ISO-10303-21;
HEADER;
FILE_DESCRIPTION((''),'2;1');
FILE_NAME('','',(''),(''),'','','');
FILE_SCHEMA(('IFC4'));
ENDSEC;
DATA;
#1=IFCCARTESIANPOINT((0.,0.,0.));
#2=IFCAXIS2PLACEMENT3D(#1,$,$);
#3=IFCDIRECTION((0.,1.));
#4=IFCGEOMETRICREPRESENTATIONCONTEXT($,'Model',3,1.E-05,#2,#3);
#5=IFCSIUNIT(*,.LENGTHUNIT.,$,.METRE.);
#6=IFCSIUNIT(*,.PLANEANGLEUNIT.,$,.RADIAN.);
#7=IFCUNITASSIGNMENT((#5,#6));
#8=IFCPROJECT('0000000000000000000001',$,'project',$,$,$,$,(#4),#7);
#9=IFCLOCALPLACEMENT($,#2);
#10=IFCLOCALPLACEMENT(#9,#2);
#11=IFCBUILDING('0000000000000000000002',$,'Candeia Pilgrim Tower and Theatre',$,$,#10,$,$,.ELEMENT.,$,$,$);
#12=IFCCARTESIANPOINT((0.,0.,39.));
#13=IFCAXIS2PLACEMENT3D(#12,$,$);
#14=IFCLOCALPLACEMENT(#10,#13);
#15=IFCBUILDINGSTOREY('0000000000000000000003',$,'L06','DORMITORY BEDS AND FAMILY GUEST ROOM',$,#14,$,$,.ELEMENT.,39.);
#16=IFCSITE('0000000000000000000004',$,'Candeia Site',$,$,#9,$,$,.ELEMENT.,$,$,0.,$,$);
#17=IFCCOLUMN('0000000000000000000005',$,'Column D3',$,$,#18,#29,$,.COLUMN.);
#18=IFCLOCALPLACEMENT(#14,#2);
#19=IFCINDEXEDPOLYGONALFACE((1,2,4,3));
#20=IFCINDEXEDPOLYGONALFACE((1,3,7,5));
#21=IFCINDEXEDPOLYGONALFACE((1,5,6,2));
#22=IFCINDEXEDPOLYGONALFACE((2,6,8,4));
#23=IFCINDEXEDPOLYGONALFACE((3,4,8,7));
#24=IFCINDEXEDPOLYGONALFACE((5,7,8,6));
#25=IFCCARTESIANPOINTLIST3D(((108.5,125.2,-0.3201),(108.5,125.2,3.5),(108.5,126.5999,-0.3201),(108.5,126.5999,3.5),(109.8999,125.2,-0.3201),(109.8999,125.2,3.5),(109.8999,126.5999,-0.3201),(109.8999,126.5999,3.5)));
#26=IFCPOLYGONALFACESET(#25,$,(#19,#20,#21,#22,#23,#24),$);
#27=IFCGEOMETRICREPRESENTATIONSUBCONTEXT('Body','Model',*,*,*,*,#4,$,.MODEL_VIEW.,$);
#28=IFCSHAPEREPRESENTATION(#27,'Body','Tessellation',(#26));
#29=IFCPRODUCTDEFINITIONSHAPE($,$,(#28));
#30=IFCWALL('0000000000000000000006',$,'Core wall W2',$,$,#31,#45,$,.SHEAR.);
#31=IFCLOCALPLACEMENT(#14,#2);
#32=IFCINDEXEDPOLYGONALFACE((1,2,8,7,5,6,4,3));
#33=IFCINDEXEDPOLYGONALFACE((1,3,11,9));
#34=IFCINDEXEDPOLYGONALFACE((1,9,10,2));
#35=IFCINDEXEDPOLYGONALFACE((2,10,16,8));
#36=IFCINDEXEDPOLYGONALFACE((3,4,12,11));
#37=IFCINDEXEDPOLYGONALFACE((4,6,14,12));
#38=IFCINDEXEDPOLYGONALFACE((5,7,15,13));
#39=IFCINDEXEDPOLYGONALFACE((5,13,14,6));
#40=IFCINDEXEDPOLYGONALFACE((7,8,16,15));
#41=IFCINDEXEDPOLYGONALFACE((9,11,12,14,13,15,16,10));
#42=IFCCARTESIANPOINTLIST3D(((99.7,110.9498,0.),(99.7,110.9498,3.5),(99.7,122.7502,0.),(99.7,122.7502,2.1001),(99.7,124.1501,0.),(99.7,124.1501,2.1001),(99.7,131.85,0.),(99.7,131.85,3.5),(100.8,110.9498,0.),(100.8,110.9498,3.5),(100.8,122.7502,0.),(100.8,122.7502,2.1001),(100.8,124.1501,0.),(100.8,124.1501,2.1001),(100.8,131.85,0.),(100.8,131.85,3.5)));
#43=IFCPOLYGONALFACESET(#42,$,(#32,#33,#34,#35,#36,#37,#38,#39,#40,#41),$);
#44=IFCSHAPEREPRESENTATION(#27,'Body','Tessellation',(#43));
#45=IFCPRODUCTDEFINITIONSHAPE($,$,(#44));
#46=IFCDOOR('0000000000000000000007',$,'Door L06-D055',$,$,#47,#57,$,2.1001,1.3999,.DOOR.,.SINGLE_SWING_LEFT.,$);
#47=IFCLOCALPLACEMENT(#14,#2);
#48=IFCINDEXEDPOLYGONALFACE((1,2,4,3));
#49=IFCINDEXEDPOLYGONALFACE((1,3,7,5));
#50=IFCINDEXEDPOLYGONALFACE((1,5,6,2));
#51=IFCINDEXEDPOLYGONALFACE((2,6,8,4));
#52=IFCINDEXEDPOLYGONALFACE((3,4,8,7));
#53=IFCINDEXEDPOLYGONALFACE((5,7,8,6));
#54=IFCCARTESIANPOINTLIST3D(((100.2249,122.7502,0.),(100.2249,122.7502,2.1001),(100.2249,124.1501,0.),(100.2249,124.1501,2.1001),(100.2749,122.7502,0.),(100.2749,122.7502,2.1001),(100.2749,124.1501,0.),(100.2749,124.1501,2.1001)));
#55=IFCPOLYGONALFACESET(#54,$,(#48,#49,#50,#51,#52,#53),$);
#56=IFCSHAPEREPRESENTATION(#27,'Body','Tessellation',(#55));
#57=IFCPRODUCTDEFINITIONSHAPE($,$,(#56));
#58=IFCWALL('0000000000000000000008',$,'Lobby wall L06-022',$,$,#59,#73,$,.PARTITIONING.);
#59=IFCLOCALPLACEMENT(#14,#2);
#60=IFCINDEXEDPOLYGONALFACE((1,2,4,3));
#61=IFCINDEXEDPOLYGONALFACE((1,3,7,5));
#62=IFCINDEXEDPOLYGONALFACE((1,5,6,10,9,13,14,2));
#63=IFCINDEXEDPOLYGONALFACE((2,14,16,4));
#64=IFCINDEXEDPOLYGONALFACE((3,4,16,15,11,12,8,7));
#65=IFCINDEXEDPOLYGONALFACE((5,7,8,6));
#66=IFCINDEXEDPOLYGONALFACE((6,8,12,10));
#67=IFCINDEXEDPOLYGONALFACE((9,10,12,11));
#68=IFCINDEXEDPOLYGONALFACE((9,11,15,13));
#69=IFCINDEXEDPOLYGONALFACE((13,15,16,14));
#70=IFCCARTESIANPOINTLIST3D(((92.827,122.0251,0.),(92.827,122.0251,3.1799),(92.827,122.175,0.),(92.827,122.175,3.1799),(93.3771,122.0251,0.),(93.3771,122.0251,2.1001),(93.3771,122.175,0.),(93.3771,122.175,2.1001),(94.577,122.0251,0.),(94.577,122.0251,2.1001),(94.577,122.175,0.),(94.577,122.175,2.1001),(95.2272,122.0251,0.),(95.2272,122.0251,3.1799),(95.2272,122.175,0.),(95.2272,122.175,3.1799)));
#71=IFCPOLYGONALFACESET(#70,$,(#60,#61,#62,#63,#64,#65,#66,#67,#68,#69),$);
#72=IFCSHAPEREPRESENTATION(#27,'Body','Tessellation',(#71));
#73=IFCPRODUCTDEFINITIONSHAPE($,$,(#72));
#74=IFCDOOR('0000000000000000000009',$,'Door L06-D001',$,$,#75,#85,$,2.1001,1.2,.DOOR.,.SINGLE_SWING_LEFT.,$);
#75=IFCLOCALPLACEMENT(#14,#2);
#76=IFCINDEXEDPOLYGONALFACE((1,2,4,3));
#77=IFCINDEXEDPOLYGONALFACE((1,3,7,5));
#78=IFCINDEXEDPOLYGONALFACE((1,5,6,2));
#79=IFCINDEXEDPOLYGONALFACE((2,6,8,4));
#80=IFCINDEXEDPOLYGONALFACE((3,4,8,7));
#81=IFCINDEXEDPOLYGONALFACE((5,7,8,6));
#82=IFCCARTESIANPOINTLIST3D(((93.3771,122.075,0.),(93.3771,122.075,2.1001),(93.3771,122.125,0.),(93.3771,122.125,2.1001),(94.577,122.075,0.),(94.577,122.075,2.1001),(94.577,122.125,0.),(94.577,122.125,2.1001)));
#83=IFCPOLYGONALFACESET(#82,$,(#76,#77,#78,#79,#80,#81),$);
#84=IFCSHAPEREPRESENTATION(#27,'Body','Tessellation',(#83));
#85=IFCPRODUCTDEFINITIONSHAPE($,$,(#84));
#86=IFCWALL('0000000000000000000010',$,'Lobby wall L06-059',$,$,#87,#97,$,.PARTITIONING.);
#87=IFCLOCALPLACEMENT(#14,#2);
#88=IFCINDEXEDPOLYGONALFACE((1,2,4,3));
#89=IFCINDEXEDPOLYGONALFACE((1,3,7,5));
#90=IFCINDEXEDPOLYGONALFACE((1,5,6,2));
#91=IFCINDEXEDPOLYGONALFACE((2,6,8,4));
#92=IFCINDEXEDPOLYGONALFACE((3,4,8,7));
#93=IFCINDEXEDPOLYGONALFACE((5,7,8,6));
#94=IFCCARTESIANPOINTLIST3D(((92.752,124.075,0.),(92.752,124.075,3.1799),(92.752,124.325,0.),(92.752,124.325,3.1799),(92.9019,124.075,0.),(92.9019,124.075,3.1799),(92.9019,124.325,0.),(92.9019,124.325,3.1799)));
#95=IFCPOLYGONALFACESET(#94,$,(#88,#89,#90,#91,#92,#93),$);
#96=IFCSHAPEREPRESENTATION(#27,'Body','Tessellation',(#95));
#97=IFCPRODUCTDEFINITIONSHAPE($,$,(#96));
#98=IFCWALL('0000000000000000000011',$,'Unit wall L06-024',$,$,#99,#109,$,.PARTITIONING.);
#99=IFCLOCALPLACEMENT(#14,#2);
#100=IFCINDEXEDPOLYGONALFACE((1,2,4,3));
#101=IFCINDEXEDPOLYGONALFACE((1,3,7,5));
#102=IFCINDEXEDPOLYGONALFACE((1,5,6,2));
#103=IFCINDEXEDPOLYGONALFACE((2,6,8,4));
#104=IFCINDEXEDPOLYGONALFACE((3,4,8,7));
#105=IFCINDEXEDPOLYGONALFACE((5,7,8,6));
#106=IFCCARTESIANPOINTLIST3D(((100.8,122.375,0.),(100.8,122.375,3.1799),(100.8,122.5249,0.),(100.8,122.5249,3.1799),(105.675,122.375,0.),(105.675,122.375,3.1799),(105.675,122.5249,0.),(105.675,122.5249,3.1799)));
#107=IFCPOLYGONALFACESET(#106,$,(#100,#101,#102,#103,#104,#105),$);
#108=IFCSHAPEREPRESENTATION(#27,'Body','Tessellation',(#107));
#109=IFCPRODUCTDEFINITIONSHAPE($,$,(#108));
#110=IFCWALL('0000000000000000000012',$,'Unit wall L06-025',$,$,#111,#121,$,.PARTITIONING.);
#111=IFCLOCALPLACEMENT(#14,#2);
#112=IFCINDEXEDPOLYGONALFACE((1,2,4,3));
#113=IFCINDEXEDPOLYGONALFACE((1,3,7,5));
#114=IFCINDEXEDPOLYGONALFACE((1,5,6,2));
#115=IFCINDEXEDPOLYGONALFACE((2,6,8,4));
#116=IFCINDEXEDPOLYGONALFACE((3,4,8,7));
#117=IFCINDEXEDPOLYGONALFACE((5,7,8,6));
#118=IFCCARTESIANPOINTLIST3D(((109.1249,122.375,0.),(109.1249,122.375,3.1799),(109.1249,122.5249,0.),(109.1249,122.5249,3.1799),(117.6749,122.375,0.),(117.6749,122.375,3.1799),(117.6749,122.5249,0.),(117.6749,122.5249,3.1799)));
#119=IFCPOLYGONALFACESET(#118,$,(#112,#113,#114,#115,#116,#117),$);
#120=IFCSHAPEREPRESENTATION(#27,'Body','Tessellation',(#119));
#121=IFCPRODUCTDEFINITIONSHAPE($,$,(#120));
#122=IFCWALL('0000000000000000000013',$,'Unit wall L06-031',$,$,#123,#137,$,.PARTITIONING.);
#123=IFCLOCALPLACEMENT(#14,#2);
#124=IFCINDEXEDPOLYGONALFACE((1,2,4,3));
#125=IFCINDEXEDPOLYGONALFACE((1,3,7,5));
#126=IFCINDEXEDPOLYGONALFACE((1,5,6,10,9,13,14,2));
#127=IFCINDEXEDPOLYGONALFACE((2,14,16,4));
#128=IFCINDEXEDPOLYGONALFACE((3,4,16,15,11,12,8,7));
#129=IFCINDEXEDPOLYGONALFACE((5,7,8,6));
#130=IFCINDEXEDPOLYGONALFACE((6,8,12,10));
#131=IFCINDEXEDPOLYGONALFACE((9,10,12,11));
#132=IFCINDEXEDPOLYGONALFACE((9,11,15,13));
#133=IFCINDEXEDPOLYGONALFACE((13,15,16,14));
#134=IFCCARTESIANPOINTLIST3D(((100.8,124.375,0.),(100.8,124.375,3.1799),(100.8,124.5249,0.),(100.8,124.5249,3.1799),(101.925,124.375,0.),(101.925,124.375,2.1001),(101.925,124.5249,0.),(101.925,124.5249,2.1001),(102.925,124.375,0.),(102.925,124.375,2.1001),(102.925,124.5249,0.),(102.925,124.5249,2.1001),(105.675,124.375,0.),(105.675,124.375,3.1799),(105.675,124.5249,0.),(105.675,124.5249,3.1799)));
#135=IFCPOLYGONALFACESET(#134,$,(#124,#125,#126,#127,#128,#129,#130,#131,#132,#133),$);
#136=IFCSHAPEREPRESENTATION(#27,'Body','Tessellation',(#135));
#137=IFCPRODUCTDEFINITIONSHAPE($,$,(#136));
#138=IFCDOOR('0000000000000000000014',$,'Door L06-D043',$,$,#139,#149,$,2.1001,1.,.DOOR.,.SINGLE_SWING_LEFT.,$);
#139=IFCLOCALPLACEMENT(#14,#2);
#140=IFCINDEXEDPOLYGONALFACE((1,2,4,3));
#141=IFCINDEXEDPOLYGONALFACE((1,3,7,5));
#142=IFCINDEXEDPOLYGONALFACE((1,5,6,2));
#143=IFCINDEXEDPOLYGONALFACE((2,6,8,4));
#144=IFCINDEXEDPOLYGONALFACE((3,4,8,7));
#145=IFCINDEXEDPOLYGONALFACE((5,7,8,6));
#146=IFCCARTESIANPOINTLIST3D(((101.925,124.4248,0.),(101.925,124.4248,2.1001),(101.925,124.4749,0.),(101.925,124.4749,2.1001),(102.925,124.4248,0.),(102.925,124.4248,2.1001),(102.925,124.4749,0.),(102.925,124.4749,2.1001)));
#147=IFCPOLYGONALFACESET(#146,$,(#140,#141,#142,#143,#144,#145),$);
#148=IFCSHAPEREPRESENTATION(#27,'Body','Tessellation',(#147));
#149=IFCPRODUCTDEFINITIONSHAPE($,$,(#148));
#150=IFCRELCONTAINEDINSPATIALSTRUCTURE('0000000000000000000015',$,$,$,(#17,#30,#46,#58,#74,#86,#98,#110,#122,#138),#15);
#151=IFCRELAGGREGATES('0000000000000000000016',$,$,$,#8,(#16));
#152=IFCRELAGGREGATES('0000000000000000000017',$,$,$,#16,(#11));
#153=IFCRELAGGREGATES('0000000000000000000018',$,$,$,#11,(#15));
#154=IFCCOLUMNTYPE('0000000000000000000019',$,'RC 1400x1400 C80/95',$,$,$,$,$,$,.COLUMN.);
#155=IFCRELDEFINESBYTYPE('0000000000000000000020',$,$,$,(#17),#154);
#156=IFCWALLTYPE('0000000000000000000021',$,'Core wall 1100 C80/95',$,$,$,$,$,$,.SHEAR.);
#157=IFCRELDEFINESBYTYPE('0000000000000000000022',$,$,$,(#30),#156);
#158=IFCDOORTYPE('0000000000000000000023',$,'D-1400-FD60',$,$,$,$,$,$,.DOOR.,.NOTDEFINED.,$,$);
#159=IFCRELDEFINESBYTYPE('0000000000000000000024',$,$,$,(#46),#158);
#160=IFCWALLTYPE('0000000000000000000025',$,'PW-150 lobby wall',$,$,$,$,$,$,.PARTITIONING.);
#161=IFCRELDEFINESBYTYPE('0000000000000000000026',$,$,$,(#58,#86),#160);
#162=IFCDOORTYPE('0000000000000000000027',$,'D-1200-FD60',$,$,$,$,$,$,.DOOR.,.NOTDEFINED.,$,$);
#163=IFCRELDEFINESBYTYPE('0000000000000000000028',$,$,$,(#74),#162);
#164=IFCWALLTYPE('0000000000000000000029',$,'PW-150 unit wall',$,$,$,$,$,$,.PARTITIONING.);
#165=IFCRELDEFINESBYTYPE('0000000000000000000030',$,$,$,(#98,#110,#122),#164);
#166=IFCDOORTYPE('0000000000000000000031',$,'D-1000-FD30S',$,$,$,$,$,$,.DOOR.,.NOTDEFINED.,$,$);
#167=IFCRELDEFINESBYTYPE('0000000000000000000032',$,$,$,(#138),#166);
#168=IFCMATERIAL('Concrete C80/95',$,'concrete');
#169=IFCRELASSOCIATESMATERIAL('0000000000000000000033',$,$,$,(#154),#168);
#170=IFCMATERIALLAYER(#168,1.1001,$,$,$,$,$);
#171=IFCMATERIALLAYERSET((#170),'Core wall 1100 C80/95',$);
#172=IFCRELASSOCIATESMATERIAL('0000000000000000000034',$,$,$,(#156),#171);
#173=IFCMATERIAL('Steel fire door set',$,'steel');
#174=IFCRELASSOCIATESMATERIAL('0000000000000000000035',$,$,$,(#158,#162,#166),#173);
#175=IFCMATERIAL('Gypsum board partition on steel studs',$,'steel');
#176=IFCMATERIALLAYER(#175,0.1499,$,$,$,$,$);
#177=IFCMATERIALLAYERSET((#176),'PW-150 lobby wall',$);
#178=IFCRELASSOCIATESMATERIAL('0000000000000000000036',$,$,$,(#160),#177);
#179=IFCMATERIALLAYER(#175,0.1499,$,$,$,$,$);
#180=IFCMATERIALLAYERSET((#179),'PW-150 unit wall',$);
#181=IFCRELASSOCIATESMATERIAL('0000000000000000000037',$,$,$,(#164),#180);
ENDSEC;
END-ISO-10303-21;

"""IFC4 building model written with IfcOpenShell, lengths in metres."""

from ifc_helpers import new_model, si_unit, direction, frame, frame_2d, origin, origin_2d, place, context, subcontext, project, spatial, rectangle, extrude, material, layer, layer_set, material_profile, profile_set, type_object, element, fill, save


model = new_model("IFC4")

# Units and contexts
model_context = context("Model", 3, precision=1e-05, world=origin(), true_north=direction((0.0, 1.0)))
body_context = subcontext(model_context, "Body", "Model", "MODEL_VIEW")
ifc_project = project(units=[si_unit("LENGTHUNIT", "METRE"), si_unit("PLANEANGLEUNIT", "RADIAN")], contexts=[model_context])

# Site, building, storey
site_placement = place(None, origin())
site = spatial("IfcSite", under=ifc_project, at=site_placement, Name="Candeia Site", CompositionType="ELEMENT", RefElevation=0.0)
building_placement = place(site_placement, origin())
building = spatial("IfcBuilding", under=site, at=building_placement, Name="Candeia Pilgrim Tower and Theatre", CompositionType="ELEMENT")
storey_placement = place(building_placement, frame((0.0, 0.0, 39.0)))
storey = spatial("IfcBuildingStorey", under=building, at=storey_placement, Name="L06", Description="DORMITORY BEDS AND FAMILY GUEST ROOM", CompositionType="ELEMENT", Elevation=39.0)

# Column
ifc_material_1 = material(Name="Concrete C80/95", Category="concrete")
ifc_material_profile = material_profile(ifc_material_1, rectangle(XDim=1.3999, YDim=1.3999, at=origin_2d()))
ifc_profile_set = profile_set([ifc_material_profile], Name="Concrete C80/95")
column_type = type_object("IfcColumnType", Name="RC 1400x1400 C80/95", PredefinedType="COLUMN", material=ifc_profile_set)
column_placement = place(storey_placement, frame((109.2, 125.8999, -0.3201), z_axis=(0.0, 0.0, 1.0), x_axis=(1.0, 0.0, 0.0)))
element("IfcColumn", 1, at=column_placement, inside=storey, type_object=column_type, Name="Column D3", PredefinedType="COLUMN", context=body_context, shape_type="SweptSolid", body=[
    extrude(rectangle(XDim=1.3999, YDim=1.3999, at=origin_2d()), origin(), (0.0, 0.0, 1.0), 3.8201),
])

# Walls, openings, doors
ifc_layer_1 = layer(ifc_material_1, 1.1001)
ifc_layer_set_1 = layer_set([ifc_layer_1], Name="Core wall 1100 C80/95")
wall_type_1 = type_object("IfcWallType", Name="Core wall 1100 C80/95", PredefinedType="SHEAR", material=ifc_layer_set_1)
wall_1_placement = place(storey_placement, frame((100.25, 131.8501, 0.0), z_axis=(0.0, 0.0, 1.0), x_axis=(0.0, -1.0, 0.0)))
wall_1 = element("IfcWall", 2, at=wall_1_placement, inside=storey, type_object=wall_type_1, Name="Core wall W2", PredefinedType="SHEAR", context=body_context, shape_type="SweptSolid", body=[
    extrude(rectangle(XDim=20.9001, YDim=1.1001, at=frame_2d((10.4502, 0.0))), origin(), (0.0, 0.0, 1.0), 3.5),
])
opening_1_placement = place(wall_1_placement, frame((7.7, 0.0, 0.0)))
opening_1 = element("IfcOpeningElement", 3, at=opening_1_placement, cuts=wall_1, PredefinedType="OPENING", context=body_context, shape_type="SweptSolid", body=[
    extrude(rectangle(XDim=1.3999, YDim=2.1001, at=frame_2d((0.7, 1.05))), frame((0.0, 0.5601, 0.0), z_axis=(0.0, -1.0, 0.0), x_axis=(1.0, 0.0, 0.0)), (0.0, 0.0, 1.0), 1.1201),
])
ifc_material_2 = material(Name="Steel fire door set", Category="steel")
door_type_1 = type_object("IfcDoorType", Name="D-1400-FD60", OperationType="NOTDEFINED", PredefinedType="DOOR", material=ifc_material_2)
door_1_placement = place(opening_1_placement, origin())
door_1 = element("IfcDoor", 4, at=door_1_placement, inside=storey, type_object=door_type_1, Name="Door L06-D055", OperationType="SINGLE_SWING_LEFT", OverallHeight=2.1001, OverallWidth=1.3999, PredefinedType="DOOR", context=body_context, shape_type="SweptSolid", body=[
    extrude(rectangle(XDim=1.3999, YDim=2.1001, at=frame_2d((0.7, 1.05))), frame((0.0, 0.0249, 0.0), z_axis=(0.0, -1.0, 0.0), x_axis=(1.0, 0.0, 0.0)), (0.0, 0.0, 1.0), 0.05),
])
fill(opening_1, door_1)
ifc_material_3 = material(Name="Gypsum board partition on steel studs", Category="steel")
ifc_layer_2 = layer(ifc_material_3, 0.1499)
ifc_layer_set_2 = layer_set([ifc_layer_2], Name="PW-150 lobby wall")
wall_type_2 = type_object("IfcWallType", Name="PW-150 lobby wall", PredefinedType="PARTITIONING", material=ifc_layer_set_2)
wall_2_placement = place(storey_placement, frame((92.8269, 122.1001, 0.0), z_axis=(0.0, 0.0, 1.0), x_axis=(1.0, 0.0, 0.0)))
wall_2 = element("IfcWall", 5, at=wall_2_placement, inside=storey, type_object=wall_type_2, Name="Lobby wall L06-022", PredefinedType="PARTITIONING", context=body_context, shape_type="SweptSolid", body=[
    extrude(rectangle(XDim=2.4001, YDim=0.1499, at=frame_2d((1.2002, 0.0))), origin(), (0.0, 0.0, 1.0), 3.1799),
])
opening_2_placement = place(wall_2_placement, frame((0.55, 0.0, 0.0)))
opening_2 = element("IfcOpeningElement", 6, at=opening_2_placement, cuts=wall_2, PredefinedType="OPENING", context=body_context, shape_type="SweptSolid", body=[
    extrude(rectangle(XDim=1.2, YDim=2.1001, at=frame_2d((0.6001, 1.05))), frame((0.0, 0.085, 0.0), z_axis=(0.0, -1.0, 0.0), x_axis=(1.0, 0.0, 0.0)), (0.0, 0.0, 1.0), 0.1699),
])
door_type_2 = type_object("IfcDoorType", Name="D-1200-FD60", OperationType="NOTDEFINED", PredefinedType="DOOR", material=ifc_material_2)
door_2_placement = place(opening_2_placement, origin())
door_2 = element("IfcDoor", 7, at=door_2_placement, inside=storey, type_object=door_type_2, Name="Door L06-D001", OperationType="SINGLE_SWING_LEFT", OverallHeight=2.1001, OverallWidth=1.2, PredefinedType="DOOR", context=body_context, shape_type="SweptSolid", body=[
    extrude(rectangle(XDim=1.2, YDim=2.1001, at=frame_2d((0.6001, 1.05))), frame((0.0, 0.0249, 0.0), z_axis=(0.0, -1.0, 0.0), x_axis=(1.0, 0.0, 0.0)), (0.0, 0.0, 1.0), 0.05),
])
fill(opening_2, door_2)

# Walls
wall_3_placement = place(storey_placement, frame((92.8269, 124.075, 0.0), z_axis=(0.0, 0.0, 1.0), x_axis=(0.0, 1.0, 0.0)))
element("IfcWall", 8, at=wall_3_placement, inside=storey, type_object=wall_type_2, Name="Lobby wall L06-059", PredefinedType="PARTITIONING", context=body_context, shape_type="SweptSolid", body=[
    extrude(rectangle(XDim=0.25, YDim=0.1499, at=frame_2d((0.125, 0.0))), origin(), (0.0, 0.0, 1.0), 3.1799),
])
ifc_layer_3 = layer(ifc_material_3, 0.1499)
ifc_layer_set_3 = layer_set([ifc_layer_3], Name="PW-150 unit wall")
wall_type_3 = type_object("IfcWallType", Name="PW-150 unit wall", PredefinedType="PARTITIONING", material=ifc_layer_set_3)
wall_4_placement = place(storey_placement, frame((100.8, 122.45, 0.0), z_axis=(0.0, 0.0, 1.0), x_axis=(1.0, 0.0, 0.0)))
element("IfcWall", 9, at=wall_4_placement, inside=storey, type_object=wall_type_3, Name="Unit wall L06-024", PredefinedType="PARTITIONING", context=body_context, shape_type="SweptSolid", body=[
    extrude(rectangle(XDim=4.875, YDim=0.1499, at=frame_2d((2.4375, 0.0))), origin(), (0.0, 0.0, 1.0), 3.1799),
])
wall_5_placement = place(storey_placement, frame((109.125, 122.45, 0.0), z_axis=(0.0, 0.0, 1.0), x_axis=(1.0, 0.0, 0.0)))
element("IfcWall", 10, at=wall_5_placement, inside=storey, type_object=wall_type_3, Name="Unit wall L06-025", PredefinedType="PARTITIONING", context=body_context, shape_type="SweptSolid", body=[
    extrude(rectangle(XDim=8.55, YDim=0.1499, at=frame_2d((4.2749, 0.0))), origin(), (0.0, 0.0, 1.0), 3.1799),
])

# Wall, opening, door
wall_6_placement = place(storey_placement, frame((100.8, 124.45, 0.0), z_axis=(0.0, 0.0, 1.0), x_axis=(1.0, 0.0, 0.0)))
wall_6 = element("IfcWall", 11, at=wall_6_placement, inside=storey, type_object=wall_type_3, Name="Unit wall L06-031", PredefinedType="PARTITIONING", context=body_context, shape_type="SweptSolid", body=[
    extrude(rectangle(XDim=4.875, YDim=0.1499, at=frame_2d((2.4375, 0.0))), origin(), (0.0, 0.0, 1.0), 3.1799),
])
opening_3_placement = place(wall_6_placement, frame((1.125, 0.0, 0.0)))
opening_3 = element("IfcOpeningElement", 12, at=opening_3_placement, cuts=wall_6, PredefinedType="OPENING", context=body_context, shape_type="SweptSolid", body=[
    extrude(rectangle(XDim=1.0, YDim=2.1001, at=frame_2d((0.5, 1.05))), frame((0.0, 0.085, 0.0), z_axis=(0.0, -1.0, 0.0), x_axis=(1.0, 0.0, 0.0)), (0.0, 0.0, 1.0), 0.1699),
])
door_type_3 = type_object("IfcDoorType", Name="D-1000-FD30S", OperationType="NOTDEFINED", PredefinedType="DOOR", material=ifc_material_2)
door_3_placement = place(opening_3_placement, origin())
door_3 = element("IfcDoor", 13, at=door_3_placement, inside=storey, type_object=door_type_3, Name="Door L06-D043", OperationType="SINGLE_SWING_LEFT", OverallHeight=2.1001, OverallWidth=1.0, PredefinedType="DOOR", context=body_context, shape_type="SweptSolid", body=[
    extrude(rectangle(XDim=1.0, YDim=2.1001, at=frame_2d((0.5, 1.05))), frame((0.0, 0.0249, 0.0), z_axis=(0.0, -1.0, 0.0), x_axis=(1.0, 0.0, 0.0)), (0.0, 0.0, 1.0), 0.05),
])
fill(opening_3, door_3)

save(model, "model.ifc")
